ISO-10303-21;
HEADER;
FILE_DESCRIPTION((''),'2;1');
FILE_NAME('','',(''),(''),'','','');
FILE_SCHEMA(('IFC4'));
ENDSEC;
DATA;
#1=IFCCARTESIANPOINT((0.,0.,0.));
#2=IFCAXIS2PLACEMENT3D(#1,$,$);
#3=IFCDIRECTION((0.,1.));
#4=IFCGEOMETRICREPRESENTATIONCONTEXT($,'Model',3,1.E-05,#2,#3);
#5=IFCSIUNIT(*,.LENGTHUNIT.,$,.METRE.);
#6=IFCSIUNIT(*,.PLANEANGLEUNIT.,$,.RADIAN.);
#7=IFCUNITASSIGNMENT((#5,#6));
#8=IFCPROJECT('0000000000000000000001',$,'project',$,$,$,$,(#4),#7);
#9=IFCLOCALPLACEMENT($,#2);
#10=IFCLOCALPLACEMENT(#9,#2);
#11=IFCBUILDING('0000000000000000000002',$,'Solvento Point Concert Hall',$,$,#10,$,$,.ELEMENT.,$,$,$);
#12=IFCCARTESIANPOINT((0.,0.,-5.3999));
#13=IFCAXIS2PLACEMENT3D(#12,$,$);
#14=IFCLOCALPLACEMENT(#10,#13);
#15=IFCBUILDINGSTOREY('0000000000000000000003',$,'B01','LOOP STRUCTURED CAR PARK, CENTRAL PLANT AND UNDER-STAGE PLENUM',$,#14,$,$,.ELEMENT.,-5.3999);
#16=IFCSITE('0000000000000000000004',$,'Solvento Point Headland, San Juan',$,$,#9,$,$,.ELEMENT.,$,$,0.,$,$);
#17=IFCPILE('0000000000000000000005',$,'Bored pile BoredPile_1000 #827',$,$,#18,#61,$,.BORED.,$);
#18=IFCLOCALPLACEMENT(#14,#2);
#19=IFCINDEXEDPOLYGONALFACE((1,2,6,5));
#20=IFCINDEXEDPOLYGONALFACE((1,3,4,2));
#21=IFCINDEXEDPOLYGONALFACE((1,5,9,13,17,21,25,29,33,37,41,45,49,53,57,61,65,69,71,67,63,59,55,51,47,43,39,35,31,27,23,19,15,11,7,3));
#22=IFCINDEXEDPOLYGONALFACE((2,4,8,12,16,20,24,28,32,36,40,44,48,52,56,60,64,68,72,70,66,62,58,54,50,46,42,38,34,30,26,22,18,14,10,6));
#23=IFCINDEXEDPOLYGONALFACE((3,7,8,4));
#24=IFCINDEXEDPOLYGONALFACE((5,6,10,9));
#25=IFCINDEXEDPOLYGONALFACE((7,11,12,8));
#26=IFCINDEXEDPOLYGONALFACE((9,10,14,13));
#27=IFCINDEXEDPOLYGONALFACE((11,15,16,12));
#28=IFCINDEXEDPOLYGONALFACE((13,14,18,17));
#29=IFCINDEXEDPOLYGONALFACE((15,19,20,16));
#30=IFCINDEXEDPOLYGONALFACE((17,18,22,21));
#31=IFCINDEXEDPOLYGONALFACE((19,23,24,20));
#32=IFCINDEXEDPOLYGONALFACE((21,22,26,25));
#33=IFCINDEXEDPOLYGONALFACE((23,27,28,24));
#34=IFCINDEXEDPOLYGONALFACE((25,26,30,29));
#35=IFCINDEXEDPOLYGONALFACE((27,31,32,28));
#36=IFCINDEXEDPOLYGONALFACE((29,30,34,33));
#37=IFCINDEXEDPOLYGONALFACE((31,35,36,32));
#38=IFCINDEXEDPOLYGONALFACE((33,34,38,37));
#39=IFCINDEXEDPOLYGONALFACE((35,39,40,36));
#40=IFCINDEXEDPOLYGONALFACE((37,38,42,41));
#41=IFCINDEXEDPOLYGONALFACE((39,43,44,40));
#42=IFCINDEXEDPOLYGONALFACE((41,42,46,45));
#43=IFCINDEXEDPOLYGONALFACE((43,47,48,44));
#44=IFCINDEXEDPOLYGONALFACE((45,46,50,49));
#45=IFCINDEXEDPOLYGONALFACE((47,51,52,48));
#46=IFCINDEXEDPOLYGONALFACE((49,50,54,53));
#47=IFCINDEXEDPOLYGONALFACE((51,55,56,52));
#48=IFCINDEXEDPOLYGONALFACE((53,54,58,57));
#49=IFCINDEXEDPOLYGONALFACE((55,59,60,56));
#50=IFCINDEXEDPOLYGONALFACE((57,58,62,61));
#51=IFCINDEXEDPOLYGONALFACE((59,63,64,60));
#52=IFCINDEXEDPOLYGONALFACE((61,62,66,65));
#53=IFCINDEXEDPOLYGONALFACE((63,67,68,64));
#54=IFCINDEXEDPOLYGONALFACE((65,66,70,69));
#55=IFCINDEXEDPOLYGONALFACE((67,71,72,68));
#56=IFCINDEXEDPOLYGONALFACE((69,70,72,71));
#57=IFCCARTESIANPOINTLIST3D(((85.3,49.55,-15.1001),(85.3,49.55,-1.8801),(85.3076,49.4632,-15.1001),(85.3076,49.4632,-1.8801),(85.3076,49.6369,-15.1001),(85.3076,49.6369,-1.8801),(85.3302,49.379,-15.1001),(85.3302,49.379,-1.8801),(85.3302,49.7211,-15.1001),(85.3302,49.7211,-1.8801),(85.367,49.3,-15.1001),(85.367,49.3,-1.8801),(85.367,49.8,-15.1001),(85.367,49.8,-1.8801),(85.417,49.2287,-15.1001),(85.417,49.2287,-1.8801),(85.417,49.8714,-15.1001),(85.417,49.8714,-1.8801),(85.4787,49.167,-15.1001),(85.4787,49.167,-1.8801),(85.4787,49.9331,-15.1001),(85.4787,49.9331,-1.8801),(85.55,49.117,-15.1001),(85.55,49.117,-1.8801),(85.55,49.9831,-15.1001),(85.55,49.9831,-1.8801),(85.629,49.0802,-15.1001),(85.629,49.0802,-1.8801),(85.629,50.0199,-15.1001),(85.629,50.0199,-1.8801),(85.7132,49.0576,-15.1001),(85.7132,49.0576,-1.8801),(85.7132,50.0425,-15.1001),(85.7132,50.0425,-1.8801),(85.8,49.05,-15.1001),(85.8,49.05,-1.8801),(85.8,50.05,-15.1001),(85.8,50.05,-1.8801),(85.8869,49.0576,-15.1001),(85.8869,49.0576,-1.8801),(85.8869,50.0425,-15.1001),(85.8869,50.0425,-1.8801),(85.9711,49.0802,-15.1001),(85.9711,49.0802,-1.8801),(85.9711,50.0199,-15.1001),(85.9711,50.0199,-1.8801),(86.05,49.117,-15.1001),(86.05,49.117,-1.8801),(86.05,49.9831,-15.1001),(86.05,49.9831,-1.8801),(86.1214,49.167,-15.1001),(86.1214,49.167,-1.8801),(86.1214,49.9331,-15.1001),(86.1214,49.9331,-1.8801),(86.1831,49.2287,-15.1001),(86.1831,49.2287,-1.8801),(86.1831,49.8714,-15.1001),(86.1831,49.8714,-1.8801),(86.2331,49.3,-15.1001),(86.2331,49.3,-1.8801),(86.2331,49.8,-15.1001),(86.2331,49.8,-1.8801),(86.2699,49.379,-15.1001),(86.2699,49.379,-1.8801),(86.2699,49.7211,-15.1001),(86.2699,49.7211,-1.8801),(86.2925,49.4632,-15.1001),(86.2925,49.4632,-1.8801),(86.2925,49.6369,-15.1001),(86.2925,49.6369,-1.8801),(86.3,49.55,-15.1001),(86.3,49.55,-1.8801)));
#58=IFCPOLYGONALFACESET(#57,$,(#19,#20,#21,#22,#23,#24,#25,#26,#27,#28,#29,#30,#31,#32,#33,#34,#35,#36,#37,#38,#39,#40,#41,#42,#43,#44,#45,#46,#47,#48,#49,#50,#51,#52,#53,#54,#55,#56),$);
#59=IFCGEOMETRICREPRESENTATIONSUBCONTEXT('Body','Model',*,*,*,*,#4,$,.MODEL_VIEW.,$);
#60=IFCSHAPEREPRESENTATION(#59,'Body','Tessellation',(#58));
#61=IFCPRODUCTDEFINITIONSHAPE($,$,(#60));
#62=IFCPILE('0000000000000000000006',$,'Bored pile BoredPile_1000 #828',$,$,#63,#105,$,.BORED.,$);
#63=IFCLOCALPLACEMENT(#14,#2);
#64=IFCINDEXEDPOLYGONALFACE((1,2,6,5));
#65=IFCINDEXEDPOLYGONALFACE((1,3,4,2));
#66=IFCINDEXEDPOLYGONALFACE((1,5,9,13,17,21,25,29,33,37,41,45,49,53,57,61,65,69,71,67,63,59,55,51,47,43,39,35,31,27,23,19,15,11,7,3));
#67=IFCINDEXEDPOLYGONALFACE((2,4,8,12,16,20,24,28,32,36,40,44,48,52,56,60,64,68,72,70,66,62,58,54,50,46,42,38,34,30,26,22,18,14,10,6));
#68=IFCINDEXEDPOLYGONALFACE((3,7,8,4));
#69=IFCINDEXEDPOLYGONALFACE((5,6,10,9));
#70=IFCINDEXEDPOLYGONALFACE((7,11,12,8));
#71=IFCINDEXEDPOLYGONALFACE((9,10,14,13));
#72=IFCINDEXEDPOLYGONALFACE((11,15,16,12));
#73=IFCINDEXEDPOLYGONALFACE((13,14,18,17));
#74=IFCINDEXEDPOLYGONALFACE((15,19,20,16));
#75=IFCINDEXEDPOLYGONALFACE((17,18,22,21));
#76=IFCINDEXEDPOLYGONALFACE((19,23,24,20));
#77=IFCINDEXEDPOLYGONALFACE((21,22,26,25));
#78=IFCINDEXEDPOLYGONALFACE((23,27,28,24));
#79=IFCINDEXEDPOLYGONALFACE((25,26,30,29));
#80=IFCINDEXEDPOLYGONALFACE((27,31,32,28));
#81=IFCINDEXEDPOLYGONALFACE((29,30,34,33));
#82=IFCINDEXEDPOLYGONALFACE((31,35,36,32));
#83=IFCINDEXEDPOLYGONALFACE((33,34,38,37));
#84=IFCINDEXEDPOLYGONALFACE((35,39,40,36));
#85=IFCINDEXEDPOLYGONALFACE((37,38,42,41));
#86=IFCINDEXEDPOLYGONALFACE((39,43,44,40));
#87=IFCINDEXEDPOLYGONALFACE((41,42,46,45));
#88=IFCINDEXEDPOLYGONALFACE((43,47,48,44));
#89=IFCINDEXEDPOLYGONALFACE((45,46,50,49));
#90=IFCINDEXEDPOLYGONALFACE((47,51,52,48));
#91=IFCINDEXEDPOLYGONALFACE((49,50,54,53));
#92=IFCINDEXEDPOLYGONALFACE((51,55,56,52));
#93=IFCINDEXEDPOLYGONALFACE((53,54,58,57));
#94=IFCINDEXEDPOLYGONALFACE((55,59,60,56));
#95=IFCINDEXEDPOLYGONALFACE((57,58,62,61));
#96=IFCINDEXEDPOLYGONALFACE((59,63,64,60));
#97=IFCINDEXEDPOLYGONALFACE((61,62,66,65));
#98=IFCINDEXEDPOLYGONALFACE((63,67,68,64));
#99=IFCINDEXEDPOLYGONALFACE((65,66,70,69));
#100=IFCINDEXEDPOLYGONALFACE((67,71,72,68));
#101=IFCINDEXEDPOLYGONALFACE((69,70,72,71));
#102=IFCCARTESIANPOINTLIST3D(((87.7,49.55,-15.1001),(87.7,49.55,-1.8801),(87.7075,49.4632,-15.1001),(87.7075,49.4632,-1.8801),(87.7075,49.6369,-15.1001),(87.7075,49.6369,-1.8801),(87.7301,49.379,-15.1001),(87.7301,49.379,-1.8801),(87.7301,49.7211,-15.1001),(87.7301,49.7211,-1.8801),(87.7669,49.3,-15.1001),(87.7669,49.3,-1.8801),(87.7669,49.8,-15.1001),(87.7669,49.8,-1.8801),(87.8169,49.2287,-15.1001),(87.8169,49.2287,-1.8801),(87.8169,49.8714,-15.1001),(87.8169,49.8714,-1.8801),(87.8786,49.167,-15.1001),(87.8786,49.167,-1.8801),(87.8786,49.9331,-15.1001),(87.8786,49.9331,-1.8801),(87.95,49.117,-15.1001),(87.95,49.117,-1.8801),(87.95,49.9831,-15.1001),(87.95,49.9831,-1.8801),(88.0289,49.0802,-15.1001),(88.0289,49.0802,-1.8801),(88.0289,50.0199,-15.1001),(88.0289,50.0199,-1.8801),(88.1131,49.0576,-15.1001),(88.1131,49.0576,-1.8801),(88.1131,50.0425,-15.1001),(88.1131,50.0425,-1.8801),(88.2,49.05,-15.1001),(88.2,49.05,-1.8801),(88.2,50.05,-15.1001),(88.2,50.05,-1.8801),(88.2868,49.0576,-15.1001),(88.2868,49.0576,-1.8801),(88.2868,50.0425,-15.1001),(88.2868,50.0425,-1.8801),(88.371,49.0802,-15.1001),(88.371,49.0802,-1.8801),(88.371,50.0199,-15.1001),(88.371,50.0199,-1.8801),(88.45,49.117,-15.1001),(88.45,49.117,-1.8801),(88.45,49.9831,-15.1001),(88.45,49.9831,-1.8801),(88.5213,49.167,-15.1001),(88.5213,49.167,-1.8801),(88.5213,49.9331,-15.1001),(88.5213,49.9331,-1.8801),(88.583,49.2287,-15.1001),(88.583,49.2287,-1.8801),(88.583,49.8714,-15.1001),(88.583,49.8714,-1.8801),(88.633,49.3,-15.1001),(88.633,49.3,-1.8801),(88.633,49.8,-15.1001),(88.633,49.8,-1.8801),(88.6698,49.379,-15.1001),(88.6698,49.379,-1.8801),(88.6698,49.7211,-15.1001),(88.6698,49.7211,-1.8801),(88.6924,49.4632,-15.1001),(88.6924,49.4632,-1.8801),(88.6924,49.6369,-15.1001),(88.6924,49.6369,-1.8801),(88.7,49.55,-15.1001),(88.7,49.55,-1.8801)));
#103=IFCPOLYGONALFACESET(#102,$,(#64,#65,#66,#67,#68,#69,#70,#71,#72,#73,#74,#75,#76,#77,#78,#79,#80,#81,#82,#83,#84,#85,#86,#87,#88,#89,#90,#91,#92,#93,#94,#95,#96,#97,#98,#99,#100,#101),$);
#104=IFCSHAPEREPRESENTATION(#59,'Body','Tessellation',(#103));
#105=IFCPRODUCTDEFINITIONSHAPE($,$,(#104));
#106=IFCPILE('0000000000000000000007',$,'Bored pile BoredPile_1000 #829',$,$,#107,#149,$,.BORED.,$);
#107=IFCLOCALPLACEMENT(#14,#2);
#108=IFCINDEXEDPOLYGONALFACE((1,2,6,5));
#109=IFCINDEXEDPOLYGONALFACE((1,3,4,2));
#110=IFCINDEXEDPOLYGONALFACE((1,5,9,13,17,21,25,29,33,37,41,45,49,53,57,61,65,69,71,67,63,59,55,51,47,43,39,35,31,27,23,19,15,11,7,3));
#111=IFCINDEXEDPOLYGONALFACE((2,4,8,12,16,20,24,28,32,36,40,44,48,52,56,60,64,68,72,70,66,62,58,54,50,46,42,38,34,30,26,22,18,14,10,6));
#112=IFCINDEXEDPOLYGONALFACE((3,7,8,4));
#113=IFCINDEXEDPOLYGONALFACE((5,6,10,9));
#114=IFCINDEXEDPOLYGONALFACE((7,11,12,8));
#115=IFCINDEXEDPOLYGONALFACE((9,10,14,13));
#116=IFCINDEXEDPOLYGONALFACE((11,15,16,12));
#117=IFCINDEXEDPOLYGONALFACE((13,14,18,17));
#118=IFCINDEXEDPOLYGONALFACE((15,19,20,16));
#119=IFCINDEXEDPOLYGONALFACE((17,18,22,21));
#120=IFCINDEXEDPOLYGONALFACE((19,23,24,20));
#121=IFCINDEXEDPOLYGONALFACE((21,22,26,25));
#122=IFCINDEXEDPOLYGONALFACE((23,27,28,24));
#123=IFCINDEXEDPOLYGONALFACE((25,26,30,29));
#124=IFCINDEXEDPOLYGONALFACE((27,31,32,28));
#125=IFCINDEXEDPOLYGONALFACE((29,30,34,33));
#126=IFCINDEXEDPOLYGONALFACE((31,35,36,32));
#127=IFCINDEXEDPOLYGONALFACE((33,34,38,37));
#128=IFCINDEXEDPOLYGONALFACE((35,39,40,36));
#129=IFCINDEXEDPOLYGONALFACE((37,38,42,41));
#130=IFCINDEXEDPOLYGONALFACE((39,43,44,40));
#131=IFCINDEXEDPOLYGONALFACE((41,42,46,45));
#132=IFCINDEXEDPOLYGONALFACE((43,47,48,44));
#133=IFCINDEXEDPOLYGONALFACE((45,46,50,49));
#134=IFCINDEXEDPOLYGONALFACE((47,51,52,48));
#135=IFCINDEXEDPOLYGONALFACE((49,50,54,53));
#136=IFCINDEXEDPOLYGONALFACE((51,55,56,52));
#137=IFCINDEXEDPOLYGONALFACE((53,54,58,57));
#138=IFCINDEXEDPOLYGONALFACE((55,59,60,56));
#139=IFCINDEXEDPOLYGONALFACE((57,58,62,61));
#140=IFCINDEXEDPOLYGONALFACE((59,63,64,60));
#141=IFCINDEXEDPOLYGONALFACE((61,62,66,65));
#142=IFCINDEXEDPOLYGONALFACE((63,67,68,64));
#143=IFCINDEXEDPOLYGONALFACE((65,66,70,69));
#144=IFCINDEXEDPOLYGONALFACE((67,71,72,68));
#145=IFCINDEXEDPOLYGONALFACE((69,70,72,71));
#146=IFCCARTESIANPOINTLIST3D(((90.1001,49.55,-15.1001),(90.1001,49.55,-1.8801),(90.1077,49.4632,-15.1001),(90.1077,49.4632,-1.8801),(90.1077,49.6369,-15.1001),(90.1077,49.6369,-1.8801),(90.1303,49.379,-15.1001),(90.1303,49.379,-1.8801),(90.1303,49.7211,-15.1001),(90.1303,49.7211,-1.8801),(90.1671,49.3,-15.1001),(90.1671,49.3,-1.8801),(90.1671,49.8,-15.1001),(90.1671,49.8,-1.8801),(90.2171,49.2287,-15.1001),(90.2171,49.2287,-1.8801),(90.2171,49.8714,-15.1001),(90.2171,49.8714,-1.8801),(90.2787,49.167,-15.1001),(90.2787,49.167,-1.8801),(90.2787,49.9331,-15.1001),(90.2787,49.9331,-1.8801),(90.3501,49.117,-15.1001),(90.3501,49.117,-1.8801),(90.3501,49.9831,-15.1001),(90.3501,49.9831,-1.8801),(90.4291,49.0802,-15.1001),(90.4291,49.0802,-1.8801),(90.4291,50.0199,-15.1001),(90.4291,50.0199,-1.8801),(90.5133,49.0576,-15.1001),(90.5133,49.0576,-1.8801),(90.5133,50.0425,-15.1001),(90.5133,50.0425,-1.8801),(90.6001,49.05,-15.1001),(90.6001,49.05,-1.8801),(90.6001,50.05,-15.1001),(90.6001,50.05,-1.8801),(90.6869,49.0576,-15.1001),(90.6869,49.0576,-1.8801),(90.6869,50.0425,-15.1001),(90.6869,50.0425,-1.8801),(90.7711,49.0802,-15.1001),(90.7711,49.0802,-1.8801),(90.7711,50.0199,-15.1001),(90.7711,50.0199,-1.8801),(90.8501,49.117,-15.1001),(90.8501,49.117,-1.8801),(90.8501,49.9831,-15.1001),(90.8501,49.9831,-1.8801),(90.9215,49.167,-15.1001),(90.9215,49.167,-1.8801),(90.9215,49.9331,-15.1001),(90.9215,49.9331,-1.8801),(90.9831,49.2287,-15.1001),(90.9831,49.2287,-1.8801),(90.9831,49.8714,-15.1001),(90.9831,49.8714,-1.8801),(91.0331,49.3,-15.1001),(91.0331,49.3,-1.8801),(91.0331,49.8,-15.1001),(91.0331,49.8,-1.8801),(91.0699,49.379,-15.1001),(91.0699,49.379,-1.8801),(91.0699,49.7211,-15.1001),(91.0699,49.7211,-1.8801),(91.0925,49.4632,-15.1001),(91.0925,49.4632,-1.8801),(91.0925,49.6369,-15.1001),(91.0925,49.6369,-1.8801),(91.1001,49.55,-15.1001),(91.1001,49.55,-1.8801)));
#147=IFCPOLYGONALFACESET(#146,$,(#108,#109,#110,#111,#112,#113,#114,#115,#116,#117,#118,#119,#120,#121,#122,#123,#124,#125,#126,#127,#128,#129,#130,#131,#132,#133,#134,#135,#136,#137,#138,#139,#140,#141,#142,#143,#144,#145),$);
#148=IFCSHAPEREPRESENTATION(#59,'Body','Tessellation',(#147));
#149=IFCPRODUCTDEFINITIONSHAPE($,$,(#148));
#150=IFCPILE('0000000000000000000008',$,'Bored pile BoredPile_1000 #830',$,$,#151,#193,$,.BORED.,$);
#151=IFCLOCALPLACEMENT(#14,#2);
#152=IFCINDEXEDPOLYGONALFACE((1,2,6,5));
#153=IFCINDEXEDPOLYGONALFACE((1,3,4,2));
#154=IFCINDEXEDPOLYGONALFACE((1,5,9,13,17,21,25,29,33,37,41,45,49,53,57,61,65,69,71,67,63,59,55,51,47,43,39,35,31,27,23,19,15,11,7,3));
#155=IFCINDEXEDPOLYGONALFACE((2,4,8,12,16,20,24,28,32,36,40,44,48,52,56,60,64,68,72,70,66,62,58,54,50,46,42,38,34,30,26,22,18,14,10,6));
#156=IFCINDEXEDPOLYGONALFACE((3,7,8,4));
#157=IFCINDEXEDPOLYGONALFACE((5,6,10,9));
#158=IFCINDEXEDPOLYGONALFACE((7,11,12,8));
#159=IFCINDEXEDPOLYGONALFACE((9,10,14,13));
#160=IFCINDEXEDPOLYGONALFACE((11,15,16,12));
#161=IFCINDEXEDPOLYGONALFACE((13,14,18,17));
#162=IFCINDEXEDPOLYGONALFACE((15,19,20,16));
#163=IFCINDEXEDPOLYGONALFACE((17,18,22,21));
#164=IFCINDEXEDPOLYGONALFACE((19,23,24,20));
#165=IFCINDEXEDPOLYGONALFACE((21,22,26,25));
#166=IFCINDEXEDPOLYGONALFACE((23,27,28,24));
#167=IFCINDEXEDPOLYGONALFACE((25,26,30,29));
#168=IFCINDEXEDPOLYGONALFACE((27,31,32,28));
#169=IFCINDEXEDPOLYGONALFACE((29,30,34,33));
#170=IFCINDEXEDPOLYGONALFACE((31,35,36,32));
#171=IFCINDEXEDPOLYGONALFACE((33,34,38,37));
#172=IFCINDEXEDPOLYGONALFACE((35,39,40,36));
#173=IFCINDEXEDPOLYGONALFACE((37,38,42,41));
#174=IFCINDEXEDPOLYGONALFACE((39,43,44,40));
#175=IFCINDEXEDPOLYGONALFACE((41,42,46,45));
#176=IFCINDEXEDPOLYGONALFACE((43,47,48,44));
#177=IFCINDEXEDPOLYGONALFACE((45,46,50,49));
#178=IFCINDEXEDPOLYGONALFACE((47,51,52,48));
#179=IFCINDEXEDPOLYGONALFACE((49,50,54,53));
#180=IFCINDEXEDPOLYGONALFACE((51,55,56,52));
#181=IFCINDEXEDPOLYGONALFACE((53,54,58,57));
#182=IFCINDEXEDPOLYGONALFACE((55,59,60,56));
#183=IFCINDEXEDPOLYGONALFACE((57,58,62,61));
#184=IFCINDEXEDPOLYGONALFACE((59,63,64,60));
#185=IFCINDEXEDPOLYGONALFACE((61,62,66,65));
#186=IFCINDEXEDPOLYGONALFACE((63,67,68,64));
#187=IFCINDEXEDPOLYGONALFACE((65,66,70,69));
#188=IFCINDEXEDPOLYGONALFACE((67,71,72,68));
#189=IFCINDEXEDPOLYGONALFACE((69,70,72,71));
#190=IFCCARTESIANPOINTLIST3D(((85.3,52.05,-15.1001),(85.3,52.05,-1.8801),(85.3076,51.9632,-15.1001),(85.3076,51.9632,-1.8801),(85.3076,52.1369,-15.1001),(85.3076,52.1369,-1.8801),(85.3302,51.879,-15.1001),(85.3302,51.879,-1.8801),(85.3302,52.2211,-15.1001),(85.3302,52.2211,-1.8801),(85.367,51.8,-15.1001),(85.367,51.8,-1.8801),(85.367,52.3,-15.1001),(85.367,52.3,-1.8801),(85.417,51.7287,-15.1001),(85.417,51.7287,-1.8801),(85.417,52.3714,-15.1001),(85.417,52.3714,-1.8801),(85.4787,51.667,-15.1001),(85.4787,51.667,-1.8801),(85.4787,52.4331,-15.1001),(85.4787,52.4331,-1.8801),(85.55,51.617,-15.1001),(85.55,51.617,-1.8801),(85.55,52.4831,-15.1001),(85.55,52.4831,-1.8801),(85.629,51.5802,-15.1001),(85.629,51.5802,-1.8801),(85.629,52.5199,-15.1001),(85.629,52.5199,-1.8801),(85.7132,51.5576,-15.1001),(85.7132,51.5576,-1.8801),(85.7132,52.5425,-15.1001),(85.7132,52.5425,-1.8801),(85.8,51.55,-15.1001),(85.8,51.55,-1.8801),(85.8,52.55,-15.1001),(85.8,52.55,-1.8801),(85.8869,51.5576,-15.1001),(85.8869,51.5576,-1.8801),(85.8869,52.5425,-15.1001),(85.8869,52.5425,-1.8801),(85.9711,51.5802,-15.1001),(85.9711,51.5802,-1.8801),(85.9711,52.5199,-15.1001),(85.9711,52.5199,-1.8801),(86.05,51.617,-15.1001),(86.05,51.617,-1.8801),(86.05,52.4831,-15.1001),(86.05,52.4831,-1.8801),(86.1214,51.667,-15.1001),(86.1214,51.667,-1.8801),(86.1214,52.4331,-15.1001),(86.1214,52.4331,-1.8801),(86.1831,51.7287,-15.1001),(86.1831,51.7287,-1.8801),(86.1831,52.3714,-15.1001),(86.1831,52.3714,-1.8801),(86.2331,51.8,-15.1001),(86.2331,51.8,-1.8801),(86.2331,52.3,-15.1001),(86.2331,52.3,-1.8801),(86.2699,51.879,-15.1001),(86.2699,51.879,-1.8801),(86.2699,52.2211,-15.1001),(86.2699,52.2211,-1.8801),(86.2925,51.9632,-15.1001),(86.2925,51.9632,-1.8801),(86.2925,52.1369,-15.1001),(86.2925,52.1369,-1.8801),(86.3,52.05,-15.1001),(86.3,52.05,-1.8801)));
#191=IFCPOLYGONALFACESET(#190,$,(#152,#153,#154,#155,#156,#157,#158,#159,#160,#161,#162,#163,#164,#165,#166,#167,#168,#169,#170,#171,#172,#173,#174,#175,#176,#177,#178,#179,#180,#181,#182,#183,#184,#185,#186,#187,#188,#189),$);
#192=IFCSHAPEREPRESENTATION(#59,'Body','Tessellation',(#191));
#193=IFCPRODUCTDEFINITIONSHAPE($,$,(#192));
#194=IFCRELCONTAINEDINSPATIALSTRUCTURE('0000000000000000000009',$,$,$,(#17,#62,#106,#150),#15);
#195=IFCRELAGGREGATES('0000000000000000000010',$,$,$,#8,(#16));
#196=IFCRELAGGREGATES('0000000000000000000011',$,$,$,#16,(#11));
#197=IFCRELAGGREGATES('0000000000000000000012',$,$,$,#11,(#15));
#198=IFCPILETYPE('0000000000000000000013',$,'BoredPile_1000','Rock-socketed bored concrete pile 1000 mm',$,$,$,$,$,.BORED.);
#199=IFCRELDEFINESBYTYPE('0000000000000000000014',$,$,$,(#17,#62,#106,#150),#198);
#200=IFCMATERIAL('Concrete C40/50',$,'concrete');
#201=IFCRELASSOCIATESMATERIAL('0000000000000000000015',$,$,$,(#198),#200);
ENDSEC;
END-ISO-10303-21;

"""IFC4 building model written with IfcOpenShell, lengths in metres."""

from ifc_helpers import new_model, si_unit, direction, frame, origin, origin_2d, place, context, subcontext, project, spatial, circle, extrude, material, material_profile, profile_set, type_object, element, save


model = new_model("IFC4")

# Units and contexts
model_context = context("Model", 3, precision=1e-05, world=origin(), true_north=direction((0.0, 1.0)))
body_context = subcontext(model_context, "Body", "Model", "MODEL_VIEW")
ifc_project = project(units=[si_unit("LENGTHUNIT", "METRE"), si_unit("PLANEANGLEUNIT", "RADIAN")], contexts=[model_context])

# Site, building, storey
site_placement = place(None, origin())
site = spatial("IfcSite", under=ifc_project, at=site_placement, Name="Solvento Point Headland, San Juan", CompositionType="ELEMENT", RefElevation=0.0)
building_placement = place(site_placement, origin())
building = spatial("IfcBuilding", under=site, at=building_placement, Name="Solvento Point Concert Hall", CompositionType="ELEMENT")
storey_placement = place(building_placement, frame((0.0, 0.0, -5.3999)))
storey = spatial("IfcBuildingStorey", under=building, at=storey_placement, Name="B01", Description="LOOP STRUCTURED CAR PARK, CENTRAL PLANT AND UNDER-STAGE PLENUM", CompositionType="ELEMENT", Elevation=-5.3999)

# Piles
ifc_material_1 = material(Name="Concrete C40/50", Category="concrete")
ifc_material_profile_1 = material_profile(ifc_material_1, circle(Radius=0.5, at=origin_2d()), Name="BP-1000")
ifc_profile_set_1 = profile_set([ifc_material_profile_1], Name="Concrete C40/50")
pile_type_1 = type_object("IfcPileType", Name="BoredPile_1000", Description="Rock-socketed bored concrete pile 1000 mm", PredefinedType="BORED", material=ifc_profile_set_1)
for number, where, z_axis, x_axis, name in (
    (1, (85.8, 49.55, -1.8801), (0.0, 0.0, -1.0), (1.0, 0.0, 0.0), "Bored pile BoredPile_1000 #827"),
    (2, (88.2, 49.55, -1.8801), (0.0, 0.0, -1.0), (1.0, 0.0, 0.0), "Bored pile BoredPile_1000 #828"),
    (3, (90.6001, 49.55, -1.8801), (0.0, 0.0, -1.0), (1.0, 0.0, 0.0), "Bored pile BoredPile_1000 #829"),
    (4, (85.8, 52.05, -1.8801), (0.0, 0.0, -1.0), (1.0, 0.0, 0.0), "Bored pile BoredPile_1000 #830"),
):
    element("IfcPile", number, at=place(storey_placement, frame(where, z_axis=z_axis, x_axis=x_axis)), inside=storey, type_object=pile_type_1, Name=name, PredefinedType="BORED", context=body_context, shape_type="SweptSolid", body=[
        extrude(circle(Radius=0.5, at=origin_2d()), origin(), (0.0, 0.0, 1.0), 13.22),
    ])

save(model, "model.ifc")
